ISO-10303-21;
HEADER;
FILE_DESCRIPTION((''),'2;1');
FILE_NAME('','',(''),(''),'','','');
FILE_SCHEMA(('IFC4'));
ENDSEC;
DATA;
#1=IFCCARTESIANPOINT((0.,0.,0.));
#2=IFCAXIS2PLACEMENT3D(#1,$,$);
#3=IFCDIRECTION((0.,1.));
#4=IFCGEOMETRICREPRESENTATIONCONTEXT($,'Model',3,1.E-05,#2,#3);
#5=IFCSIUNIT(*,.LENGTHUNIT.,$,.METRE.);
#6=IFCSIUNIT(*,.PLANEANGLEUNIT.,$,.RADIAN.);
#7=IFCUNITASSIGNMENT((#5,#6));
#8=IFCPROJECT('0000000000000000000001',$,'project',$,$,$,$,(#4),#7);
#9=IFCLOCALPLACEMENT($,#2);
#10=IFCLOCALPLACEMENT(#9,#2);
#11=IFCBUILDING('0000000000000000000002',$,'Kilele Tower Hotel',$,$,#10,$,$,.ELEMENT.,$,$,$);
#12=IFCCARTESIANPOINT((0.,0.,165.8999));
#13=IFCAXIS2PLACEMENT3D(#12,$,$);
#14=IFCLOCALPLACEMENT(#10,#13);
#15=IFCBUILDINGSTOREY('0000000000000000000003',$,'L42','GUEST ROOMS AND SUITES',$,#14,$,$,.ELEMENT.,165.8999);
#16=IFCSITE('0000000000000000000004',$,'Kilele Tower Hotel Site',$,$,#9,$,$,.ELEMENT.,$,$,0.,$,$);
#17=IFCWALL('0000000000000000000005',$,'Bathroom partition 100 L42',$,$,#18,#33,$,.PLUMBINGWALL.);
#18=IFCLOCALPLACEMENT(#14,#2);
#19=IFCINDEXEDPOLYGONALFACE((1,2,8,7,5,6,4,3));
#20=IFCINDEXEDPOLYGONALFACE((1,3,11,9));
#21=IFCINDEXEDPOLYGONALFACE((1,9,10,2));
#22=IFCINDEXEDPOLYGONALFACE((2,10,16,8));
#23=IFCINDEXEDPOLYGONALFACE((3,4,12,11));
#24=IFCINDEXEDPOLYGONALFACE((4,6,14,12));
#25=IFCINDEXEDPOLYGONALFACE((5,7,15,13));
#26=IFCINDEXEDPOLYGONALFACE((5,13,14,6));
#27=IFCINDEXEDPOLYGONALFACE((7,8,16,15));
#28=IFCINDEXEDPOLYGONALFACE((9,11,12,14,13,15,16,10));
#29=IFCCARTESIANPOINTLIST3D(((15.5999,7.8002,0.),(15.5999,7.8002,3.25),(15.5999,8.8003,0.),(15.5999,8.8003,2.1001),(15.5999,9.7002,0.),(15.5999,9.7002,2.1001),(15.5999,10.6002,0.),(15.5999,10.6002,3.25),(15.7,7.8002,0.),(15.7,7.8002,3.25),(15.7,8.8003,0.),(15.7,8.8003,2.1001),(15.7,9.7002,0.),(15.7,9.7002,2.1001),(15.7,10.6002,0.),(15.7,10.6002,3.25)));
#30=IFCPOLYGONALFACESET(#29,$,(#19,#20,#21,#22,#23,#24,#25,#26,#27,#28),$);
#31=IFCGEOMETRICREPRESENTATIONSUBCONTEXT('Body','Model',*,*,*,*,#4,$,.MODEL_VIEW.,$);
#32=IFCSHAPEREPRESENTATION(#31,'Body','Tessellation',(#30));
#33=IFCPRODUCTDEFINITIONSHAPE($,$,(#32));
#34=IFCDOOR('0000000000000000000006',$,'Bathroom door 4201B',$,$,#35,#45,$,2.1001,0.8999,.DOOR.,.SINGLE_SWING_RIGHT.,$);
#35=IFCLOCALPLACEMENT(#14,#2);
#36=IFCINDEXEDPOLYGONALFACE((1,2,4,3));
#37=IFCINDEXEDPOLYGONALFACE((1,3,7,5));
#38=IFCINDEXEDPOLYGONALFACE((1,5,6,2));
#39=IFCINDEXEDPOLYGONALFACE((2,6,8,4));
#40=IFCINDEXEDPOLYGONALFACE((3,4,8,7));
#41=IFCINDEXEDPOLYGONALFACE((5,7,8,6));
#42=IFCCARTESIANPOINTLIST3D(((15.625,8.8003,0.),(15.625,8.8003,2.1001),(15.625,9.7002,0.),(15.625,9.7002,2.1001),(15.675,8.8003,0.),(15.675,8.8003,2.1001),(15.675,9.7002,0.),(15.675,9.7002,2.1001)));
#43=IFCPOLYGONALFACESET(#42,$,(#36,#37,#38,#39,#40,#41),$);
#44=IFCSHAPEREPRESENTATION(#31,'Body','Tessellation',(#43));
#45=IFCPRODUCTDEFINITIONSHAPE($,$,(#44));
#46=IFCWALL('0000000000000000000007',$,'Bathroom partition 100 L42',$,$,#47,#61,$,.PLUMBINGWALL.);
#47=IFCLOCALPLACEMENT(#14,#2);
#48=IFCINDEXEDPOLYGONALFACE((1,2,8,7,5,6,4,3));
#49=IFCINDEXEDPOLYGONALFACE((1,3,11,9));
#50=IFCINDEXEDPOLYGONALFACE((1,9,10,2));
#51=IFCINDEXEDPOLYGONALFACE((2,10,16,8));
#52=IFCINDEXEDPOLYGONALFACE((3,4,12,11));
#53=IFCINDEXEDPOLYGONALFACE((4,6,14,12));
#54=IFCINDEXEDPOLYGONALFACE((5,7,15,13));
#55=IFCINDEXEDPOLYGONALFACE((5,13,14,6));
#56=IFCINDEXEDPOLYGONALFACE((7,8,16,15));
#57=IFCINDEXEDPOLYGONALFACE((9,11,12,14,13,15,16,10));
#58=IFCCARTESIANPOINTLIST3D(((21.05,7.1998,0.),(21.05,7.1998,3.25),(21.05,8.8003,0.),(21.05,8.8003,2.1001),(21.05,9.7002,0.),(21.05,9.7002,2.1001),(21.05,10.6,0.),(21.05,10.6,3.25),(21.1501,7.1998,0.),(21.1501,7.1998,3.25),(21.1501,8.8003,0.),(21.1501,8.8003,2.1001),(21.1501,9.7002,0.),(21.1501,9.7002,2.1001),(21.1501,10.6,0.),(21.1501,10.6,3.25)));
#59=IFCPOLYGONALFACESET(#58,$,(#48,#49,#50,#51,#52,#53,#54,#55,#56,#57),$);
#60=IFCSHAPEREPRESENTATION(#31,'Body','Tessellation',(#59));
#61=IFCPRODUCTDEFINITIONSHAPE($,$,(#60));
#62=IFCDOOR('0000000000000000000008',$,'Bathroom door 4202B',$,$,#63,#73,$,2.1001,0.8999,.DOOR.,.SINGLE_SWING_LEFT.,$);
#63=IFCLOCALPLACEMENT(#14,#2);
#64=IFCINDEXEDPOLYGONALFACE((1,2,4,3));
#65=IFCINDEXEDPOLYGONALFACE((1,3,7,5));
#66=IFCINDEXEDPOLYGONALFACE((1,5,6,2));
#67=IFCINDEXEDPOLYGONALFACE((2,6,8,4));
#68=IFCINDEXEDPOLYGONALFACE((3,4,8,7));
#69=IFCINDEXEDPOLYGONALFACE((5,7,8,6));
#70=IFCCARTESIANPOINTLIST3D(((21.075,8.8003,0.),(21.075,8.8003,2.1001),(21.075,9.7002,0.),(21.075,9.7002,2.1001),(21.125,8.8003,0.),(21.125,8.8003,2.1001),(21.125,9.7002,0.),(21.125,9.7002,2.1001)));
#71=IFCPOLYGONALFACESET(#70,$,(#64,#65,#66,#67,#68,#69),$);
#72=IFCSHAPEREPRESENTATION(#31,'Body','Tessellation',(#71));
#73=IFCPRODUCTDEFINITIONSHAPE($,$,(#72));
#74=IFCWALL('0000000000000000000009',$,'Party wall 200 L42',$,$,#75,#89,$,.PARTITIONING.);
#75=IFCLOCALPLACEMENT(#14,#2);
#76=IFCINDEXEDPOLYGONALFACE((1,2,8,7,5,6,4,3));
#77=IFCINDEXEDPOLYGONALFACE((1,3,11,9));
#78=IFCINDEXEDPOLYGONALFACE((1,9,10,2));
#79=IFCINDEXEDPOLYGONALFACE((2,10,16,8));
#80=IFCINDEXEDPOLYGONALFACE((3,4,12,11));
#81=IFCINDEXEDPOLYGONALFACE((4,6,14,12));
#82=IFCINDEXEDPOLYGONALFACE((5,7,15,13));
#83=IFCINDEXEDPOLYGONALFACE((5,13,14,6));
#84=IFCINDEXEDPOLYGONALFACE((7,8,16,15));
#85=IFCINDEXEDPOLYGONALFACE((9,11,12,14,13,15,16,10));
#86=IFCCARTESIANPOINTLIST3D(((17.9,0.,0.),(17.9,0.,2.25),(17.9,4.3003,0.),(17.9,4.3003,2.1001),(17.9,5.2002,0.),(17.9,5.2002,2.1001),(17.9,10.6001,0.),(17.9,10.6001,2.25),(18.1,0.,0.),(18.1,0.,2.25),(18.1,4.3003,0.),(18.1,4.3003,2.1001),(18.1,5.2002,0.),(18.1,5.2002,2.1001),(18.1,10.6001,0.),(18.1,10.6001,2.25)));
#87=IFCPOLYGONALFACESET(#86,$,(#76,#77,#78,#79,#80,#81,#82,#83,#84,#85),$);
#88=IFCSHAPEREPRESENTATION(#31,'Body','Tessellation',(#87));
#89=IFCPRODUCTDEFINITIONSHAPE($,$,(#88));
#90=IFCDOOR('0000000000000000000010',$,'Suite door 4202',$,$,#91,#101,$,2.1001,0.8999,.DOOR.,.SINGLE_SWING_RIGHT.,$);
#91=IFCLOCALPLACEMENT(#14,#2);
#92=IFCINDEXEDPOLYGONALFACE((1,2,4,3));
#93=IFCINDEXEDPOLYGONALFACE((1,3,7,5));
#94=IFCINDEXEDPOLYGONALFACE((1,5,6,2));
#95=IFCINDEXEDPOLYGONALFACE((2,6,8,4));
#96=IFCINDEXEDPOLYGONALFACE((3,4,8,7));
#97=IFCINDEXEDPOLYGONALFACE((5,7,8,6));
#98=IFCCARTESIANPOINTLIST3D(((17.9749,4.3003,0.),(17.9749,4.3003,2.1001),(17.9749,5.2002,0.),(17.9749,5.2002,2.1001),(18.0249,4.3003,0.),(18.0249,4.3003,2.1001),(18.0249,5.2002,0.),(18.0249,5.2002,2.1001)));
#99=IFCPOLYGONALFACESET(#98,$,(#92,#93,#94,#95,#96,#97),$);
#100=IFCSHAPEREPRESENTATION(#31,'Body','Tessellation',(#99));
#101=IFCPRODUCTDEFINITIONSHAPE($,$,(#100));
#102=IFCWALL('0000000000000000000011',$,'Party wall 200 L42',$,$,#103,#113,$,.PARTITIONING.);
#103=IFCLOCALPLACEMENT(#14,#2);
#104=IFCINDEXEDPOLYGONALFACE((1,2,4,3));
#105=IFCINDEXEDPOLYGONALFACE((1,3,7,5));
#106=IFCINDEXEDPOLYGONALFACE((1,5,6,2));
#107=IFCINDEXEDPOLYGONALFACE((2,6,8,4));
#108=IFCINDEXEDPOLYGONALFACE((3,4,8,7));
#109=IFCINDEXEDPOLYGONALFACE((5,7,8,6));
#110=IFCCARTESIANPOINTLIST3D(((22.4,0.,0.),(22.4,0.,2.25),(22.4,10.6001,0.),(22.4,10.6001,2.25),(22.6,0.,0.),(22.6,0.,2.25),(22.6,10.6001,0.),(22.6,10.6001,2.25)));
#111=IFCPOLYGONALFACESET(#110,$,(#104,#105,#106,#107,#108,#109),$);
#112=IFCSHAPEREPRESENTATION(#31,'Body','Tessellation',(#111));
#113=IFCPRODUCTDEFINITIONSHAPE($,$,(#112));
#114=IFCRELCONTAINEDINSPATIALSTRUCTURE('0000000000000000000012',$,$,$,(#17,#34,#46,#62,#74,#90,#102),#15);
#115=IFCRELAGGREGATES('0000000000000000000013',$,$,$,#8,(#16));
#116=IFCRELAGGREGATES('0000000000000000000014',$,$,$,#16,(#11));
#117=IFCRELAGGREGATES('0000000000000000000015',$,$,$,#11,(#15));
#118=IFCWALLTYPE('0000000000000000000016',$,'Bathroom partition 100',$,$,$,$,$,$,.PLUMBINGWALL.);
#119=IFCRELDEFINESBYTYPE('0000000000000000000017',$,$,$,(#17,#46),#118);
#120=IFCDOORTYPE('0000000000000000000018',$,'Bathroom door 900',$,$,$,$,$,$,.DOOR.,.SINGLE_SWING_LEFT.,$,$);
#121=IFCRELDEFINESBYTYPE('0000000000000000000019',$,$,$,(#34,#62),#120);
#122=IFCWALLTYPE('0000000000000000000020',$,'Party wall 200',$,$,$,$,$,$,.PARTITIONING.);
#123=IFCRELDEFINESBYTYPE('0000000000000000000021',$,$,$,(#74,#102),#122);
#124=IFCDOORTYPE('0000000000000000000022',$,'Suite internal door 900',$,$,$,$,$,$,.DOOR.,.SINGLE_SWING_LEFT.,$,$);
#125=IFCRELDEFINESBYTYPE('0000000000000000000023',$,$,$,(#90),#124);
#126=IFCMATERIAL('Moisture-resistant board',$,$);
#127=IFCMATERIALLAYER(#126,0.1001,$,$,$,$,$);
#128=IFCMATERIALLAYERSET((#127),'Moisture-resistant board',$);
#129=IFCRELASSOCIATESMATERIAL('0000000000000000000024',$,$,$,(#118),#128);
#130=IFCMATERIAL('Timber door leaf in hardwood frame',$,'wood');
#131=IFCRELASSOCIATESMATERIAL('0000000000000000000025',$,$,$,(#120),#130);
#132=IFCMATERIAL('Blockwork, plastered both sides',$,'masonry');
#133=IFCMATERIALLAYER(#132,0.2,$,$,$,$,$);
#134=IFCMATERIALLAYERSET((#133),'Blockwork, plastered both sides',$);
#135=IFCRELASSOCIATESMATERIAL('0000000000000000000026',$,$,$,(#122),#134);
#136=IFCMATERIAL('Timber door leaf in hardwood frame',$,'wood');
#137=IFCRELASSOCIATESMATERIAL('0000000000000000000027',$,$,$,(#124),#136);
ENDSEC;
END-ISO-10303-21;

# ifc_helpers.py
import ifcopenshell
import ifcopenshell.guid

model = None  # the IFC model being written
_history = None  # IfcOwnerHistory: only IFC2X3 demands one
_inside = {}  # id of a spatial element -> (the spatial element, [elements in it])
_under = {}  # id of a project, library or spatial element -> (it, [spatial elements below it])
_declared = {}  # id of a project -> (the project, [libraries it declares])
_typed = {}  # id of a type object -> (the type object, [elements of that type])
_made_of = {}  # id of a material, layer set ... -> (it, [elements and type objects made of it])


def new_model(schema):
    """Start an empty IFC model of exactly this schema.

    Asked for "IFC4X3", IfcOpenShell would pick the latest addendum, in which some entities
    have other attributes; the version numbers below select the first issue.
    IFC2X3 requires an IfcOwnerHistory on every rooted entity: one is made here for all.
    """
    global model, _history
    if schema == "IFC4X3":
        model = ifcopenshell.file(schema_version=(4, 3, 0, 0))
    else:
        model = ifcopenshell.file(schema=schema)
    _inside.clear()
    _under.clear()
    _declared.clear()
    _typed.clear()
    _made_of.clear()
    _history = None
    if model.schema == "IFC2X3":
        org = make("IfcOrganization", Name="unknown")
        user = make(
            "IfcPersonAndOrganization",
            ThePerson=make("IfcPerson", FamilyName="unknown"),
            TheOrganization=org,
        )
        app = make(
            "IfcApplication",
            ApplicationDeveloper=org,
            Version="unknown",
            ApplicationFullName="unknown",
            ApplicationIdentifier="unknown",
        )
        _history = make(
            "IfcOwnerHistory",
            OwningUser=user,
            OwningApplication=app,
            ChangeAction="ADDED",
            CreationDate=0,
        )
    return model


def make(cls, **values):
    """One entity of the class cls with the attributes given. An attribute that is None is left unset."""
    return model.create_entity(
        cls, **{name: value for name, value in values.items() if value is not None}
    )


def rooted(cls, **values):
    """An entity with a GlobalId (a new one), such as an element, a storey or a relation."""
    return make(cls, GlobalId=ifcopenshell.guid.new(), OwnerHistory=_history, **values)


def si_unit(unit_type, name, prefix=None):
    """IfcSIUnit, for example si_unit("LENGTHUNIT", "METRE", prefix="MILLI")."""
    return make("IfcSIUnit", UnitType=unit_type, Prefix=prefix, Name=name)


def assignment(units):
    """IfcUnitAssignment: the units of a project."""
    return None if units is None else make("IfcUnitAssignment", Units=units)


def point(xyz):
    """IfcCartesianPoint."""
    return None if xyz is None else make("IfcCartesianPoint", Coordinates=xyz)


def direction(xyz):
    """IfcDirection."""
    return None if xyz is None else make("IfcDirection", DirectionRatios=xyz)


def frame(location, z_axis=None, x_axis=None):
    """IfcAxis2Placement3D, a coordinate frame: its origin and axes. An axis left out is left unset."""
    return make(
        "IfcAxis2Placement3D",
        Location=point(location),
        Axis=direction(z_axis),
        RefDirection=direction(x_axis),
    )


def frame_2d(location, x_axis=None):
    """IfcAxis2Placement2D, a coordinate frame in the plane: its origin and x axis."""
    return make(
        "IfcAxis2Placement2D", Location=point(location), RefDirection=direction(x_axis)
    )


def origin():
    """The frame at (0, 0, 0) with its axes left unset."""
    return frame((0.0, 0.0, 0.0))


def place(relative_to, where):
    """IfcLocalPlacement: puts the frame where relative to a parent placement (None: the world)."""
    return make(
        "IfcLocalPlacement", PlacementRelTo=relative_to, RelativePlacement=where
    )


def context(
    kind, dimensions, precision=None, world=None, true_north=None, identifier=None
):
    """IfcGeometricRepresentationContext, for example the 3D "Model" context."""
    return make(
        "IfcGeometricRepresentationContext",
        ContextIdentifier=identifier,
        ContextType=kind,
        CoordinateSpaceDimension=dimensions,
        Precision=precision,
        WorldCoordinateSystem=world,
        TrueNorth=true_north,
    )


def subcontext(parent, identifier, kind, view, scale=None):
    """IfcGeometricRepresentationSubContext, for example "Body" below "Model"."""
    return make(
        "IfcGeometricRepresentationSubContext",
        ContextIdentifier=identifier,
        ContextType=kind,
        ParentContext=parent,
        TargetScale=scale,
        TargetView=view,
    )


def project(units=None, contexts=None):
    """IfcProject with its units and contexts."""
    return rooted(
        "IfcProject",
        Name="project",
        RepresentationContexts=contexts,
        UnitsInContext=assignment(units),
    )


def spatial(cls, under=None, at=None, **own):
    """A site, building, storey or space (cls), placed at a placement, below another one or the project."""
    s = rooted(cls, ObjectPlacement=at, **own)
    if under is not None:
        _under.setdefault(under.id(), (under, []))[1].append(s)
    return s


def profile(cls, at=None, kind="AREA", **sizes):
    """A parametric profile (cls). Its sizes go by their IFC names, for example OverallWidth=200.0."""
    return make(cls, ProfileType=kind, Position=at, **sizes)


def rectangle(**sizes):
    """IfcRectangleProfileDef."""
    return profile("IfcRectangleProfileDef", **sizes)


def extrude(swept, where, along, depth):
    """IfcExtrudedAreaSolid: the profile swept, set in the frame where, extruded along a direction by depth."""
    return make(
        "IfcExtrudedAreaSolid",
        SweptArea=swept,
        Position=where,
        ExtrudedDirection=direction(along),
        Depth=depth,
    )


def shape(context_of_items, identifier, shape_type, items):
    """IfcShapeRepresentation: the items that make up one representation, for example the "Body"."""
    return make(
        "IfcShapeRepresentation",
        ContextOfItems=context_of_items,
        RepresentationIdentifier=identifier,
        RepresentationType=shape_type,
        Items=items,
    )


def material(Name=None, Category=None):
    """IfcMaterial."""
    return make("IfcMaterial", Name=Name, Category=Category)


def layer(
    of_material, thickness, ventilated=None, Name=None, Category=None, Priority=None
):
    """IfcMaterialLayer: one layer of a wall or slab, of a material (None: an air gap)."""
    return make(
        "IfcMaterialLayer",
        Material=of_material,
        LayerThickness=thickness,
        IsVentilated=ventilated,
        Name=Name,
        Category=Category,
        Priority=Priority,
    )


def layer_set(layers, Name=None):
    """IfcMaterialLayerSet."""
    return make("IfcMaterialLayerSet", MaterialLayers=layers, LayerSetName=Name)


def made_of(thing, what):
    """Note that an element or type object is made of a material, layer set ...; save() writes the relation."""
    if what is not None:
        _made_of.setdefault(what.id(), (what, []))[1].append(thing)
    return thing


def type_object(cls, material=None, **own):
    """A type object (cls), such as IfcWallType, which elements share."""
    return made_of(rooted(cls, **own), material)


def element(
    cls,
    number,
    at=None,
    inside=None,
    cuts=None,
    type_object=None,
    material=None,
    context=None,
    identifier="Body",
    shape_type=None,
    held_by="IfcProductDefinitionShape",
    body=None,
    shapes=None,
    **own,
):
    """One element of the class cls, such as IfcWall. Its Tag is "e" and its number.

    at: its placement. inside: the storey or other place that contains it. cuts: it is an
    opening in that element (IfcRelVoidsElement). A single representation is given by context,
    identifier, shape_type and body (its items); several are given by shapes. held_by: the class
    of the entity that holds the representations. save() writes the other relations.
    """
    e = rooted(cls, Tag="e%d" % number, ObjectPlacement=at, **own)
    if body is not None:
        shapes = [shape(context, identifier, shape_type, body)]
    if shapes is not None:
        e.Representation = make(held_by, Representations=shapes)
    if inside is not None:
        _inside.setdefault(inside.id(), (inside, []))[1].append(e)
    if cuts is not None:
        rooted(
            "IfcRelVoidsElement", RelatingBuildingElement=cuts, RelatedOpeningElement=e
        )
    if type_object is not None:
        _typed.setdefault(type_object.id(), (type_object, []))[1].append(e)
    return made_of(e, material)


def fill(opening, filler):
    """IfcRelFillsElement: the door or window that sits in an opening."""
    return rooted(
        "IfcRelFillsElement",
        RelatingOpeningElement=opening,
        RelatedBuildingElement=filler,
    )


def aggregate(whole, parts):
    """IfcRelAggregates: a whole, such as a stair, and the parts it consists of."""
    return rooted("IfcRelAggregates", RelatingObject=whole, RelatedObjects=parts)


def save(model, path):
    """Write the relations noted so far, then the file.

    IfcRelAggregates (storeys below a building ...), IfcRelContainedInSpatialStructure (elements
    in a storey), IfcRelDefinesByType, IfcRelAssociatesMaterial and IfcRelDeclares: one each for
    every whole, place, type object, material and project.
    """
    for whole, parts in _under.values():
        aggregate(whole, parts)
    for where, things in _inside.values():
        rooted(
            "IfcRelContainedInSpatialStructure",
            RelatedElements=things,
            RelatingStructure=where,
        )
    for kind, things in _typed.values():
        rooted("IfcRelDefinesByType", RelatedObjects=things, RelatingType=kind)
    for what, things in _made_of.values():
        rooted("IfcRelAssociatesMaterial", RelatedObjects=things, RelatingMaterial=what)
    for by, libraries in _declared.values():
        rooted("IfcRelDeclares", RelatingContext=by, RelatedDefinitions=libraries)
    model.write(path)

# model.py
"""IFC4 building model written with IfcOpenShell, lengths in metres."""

from ifc_helpers import new_model, si_unit, direction, frame, frame_2d, origin, place, context, subcontext, project, spatial, rectangle, extrude, material, layer, layer_set, type_object, element, fill, save


model = new_model("IFC4")

# Units and contexts
model_context = context("Model", 3, precision=1e-05, world=origin(), true_north=direction((0.0, 1.0)))
body_context = subcontext(model_context, "Body", "Model", "MODEL_VIEW")
ifc_project = project(units=[si_unit("LENGTHUNIT", "METRE"), si_unit("PLANEANGLEUNIT", "RADIAN")], contexts=[model_context])

# Site, building, storey
site_placement = place(None, origin())
site = spatial("IfcSite", under=ifc_project, at=site_placement, Name="Kilele Tower Hotel Site", CompositionType="ELEMENT", RefElevation=0.0)
building_placement = place(site_placement, origin())
building = spatial("IfcBuilding", under=site, at=building_placement, Name="Kilele Tower Hotel", CompositionType="ELEMENT")
storey_placement = place(building_placement, frame((0.0, 0.0, 165.8999)))
storey = spatial("IfcBuildingStorey", under=building, at=storey_placement, Name="L42", Description="GUEST ROOMS AND SUITES", CompositionType="ELEMENT", Elevation=165.8999)

# Walls, openings, doors
ifc_material_1 = material(Name="Moisture-resistant board")
ifc_layer_1 = layer(ifc_material_1, 0.1001)
ifc_layer_set_1 = layer_set([ifc_layer_1], Name="Moisture-resistant board")
wall_type_1 = type_object("IfcWallType", Name="Bathroom partition 100", PredefinedType="PLUMBINGWALL", material=ifc_layer_set_1)
wall_1_placement = place(storey_placement, frame((15.6499, 10.6001, 0.0), z_axis=(0.0, 0.0, 1.0), x_axis=(0.0, -1.0, 0.0)))
wall_1 = element("IfcWall", 1, at=wall_1_placement, inside=storey, type_object=wall_type_1, Name="Bathroom partition 100 L42", PredefinedType="PLUMBINGWALL", context=body_context, shape_type="SweptSolid", body=[
    extrude(rectangle(XDim=2.8, YDim=0.1001, at=frame_2d((1.3999, 0.0))), origin(), (0.0, 0.0, 1.0), 3.25),
])
opening_1_placement = place(wall_1_placement, frame((1.7998, 0.0, 0.0), z_axis=(0.0, 0.0, 1.0), x_axis=(-1.0, 0.0, 0.0)))
opening_1 = element("IfcOpeningElement", 2, at=opening_1_placement, cuts=wall_1, PredefinedType="OPENING", context=body_context, shape_type="SweptSolid", body=[
    extrude(rectangle(XDim=0.8999, YDim=2.1001, at=frame_2d((0.45, 1.05))), frame((0.0, 0.0601, 0.0), z_axis=(0.0, -1.0, 0.0), x_axis=(1.0, 0.0, 0.0)), (0.0, 0.0, 1.0), 0.1201),
])
ifc_material_2 = material(Name="Timber door leaf in hardwood frame", Category="wood")
door_type_1 = type_object("IfcDoorType", Name="Bathroom door 900", OperationType="SINGLE_SWING_LEFT", PredefinedType="DOOR", material=ifc_material_2)
door_1_placement = place(opening_1_placement, origin())
door_1 = element("IfcDoor", 3, at=door_1_placement, inside=storey, type_object=door_type_1, Name="Bathroom door 4201B", OperationType="SINGLE_SWING_RIGHT", OverallHeight=2.1001, OverallWidth=0.8999, PredefinedType="DOOR", context=body_context, shape_type="SweptSolid", body=[
    extrude(rectangle(XDim=0.8999, YDim=2.1001, at=frame_2d((0.45, 1.05))), frame((0.0, 0.0249, 0.0), z_axis=(0.0, -1.0, 0.0), x_axis=(1.0, 0.0, 0.0)), (0.0, 0.0, 1.0), 0.05),
])
fill(opening_1, door_1)
wall_2_placement = place(storey_placement, frame((21.1001, 10.6001, 0.0), z_axis=(0.0, 0.0, 1.0), x_axis=(0.0, -1.0, 0.0)))
wall_2 = element("IfcWall", 4, at=wall_2_placement, inside=storey, type_object=wall_type_1, Name="Bathroom partition 100 L42", PredefinedType="PLUMBINGWALL", context=body_context, shape_type="SweptSolid", body=[
    extrude(rectangle(XDim=3.4001, YDim=0.1001, at=frame_2d((1.7002, 0.0))), origin(), (0.0, 0.0, 1.0), 3.25),
])
opening_2_placement = place(wall_2_placement, frame((0.8999, 0.0, 0.0)))
opening_2 = element("IfcOpeningElement", 5, at=opening_2_placement, cuts=wall_2, PredefinedType="OPENING", context=body_context, shape_type="SweptSolid", body=[
    extrude(rectangle(XDim=0.8999, YDim=2.1001, at=frame_2d((0.45, 1.05))), frame((0.0, 0.0601, 0.0), z_axis=(0.0, -1.0, 0.0), x_axis=(1.0, 0.0, 0.0)), (0.0, 0.0, 1.0), 0.1201),
])
door_2_placement = place(opening_2_placement, origin())
door_2 = element("IfcDoor", 6, at=door_2_placement, inside=storey, type_object=door_type_1, Name="Bathroom door 4202B", OperationType="SINGLE_SWING_LEFT", OverallHeight=2.1001, OverallWidth=0.8999, PredefinedType="DOOR", context=body_context, shape_type="SweptSolid", body=[
    extrude(rectangle(XDim=0.8999, YDim=2.1001, at=frame_2d((0.45, 1.05))), frame((0.0, 0.0249, 0.0), z_axis=(0.0, -1.0, 0.0), x_axis=(1.0, 0.0, 0.0)), (0.0, 0.0, 1.0), 0.05),
])
fill(opening_2, door_2)
ifc_material_3 = material(Name="Blockwork, plastered both sides", Category="masonry")
ifc_layer_2 = layer(ifc_material_3, 0.2)
ifc_layer_set_2 = layer_set([ifc_layer_2], Name="Blockwork, plastered both sides")
wall_type_2 = type_object("IfcWallType", Name="Party wall 200", PredefinedType="PARTITIONING", material=ifc_layer_set_2)
wall_3_placement = place(storey_placement, frame((18.0, 10.6001, 0.0), z_axis=(0.0, 0.0, 1.0), x_axis=(0.0, -1.0, 0.0)))
wall_3 = element("IfcWall", 7, at=wall_3_placement, inside=storey, type_object=wall_type_2, Name="Party wall 200 L42", PredefinedType="PARTITIONING", context=body_context, shape_type="SweptSolid", body=[
    extrude(rectangle(XDim=10.6001, YDim=0.2, at=frame_2d((5.3, 0.0))), origin(), (0.0, 0.0, 1.0), 2.25),
])
opening_3_placement = place(wall_3_placement, frame((5.3999, 0.0, 0.0)))
opening_3 = element("IfcOpeningElement", 8, at=opening_3_placement, cuts=wall_3, PredefinedType="OPENING", context=body_context, shape_type="SweptSolid", body=[
    extrude(rectangle(XDim=0.8999, YDim=2.1001, at=frame_2d((0.45, 1.05))), frame((0.0, 0.1099, 0.0), z_axis=(0.0, -1.0, 0.0), x_axis=(1.0, 0.0, 0.0)), (0.0, 0.0, 1.0), 0.22),
])
ifc_material_4 = material(Name="Timber door leaf in hardwood frame", Category="wood")
door_type_2 = type_object("IfcDoorType", Name="Suite internal door 900", OperationType="SINGLE_SWING_LEFT", PredefinedType="DOOR", material=ifc_material_4)
door_3_placement = place(opening_3_placement, origin())
door_3 = element("IfcDoor", 9, at=door_3_placement, inside=storey, type_object=door_type_2, Name="Suite door 4202", OperationType="SINGLE_SWING_RIGHT", OverallHeight=2.1001, OverallWidth=0.8999, PredefinedType="DOOR", context=body_context, shape_type="SweptSolid", body=[
    extrude(rectangle(XDim=0.8999, YDim=2.1001, at=frame_2d((0.45, 1.05))), frame((0.0, 0.0249, 0.0), z_axis=(0.0, -1.0, 0.0), x_axis=(1.0, 0.0, 0.0)), (0.0, 0.0, 1.0), 0.05),
])
fill(opening_3, door_3)

# Wall
wall_4_placement = place(storey_placement, frame((22.5, 10.6001, 0.0), z_axis=(0.0, 0.0, 1.0), x_axis=(0.0, -1.0, 0.0)))
element("IfcWall", 10, at=wall_4_placement, inside=storey, type_object=wall_type_2, Name="Party wall 200 L42", PredefinedType="PARTITIONING", context=body_context, shape_type="SweptSolid", body=[
    extrude(rectangle(XDim=10.6001, YDim=0.2, at=frame_2d((5.3, 0.0))), origin(), (0.0, 0.0, 1.0), 2.25),
])

save(model, "model.ifc")
